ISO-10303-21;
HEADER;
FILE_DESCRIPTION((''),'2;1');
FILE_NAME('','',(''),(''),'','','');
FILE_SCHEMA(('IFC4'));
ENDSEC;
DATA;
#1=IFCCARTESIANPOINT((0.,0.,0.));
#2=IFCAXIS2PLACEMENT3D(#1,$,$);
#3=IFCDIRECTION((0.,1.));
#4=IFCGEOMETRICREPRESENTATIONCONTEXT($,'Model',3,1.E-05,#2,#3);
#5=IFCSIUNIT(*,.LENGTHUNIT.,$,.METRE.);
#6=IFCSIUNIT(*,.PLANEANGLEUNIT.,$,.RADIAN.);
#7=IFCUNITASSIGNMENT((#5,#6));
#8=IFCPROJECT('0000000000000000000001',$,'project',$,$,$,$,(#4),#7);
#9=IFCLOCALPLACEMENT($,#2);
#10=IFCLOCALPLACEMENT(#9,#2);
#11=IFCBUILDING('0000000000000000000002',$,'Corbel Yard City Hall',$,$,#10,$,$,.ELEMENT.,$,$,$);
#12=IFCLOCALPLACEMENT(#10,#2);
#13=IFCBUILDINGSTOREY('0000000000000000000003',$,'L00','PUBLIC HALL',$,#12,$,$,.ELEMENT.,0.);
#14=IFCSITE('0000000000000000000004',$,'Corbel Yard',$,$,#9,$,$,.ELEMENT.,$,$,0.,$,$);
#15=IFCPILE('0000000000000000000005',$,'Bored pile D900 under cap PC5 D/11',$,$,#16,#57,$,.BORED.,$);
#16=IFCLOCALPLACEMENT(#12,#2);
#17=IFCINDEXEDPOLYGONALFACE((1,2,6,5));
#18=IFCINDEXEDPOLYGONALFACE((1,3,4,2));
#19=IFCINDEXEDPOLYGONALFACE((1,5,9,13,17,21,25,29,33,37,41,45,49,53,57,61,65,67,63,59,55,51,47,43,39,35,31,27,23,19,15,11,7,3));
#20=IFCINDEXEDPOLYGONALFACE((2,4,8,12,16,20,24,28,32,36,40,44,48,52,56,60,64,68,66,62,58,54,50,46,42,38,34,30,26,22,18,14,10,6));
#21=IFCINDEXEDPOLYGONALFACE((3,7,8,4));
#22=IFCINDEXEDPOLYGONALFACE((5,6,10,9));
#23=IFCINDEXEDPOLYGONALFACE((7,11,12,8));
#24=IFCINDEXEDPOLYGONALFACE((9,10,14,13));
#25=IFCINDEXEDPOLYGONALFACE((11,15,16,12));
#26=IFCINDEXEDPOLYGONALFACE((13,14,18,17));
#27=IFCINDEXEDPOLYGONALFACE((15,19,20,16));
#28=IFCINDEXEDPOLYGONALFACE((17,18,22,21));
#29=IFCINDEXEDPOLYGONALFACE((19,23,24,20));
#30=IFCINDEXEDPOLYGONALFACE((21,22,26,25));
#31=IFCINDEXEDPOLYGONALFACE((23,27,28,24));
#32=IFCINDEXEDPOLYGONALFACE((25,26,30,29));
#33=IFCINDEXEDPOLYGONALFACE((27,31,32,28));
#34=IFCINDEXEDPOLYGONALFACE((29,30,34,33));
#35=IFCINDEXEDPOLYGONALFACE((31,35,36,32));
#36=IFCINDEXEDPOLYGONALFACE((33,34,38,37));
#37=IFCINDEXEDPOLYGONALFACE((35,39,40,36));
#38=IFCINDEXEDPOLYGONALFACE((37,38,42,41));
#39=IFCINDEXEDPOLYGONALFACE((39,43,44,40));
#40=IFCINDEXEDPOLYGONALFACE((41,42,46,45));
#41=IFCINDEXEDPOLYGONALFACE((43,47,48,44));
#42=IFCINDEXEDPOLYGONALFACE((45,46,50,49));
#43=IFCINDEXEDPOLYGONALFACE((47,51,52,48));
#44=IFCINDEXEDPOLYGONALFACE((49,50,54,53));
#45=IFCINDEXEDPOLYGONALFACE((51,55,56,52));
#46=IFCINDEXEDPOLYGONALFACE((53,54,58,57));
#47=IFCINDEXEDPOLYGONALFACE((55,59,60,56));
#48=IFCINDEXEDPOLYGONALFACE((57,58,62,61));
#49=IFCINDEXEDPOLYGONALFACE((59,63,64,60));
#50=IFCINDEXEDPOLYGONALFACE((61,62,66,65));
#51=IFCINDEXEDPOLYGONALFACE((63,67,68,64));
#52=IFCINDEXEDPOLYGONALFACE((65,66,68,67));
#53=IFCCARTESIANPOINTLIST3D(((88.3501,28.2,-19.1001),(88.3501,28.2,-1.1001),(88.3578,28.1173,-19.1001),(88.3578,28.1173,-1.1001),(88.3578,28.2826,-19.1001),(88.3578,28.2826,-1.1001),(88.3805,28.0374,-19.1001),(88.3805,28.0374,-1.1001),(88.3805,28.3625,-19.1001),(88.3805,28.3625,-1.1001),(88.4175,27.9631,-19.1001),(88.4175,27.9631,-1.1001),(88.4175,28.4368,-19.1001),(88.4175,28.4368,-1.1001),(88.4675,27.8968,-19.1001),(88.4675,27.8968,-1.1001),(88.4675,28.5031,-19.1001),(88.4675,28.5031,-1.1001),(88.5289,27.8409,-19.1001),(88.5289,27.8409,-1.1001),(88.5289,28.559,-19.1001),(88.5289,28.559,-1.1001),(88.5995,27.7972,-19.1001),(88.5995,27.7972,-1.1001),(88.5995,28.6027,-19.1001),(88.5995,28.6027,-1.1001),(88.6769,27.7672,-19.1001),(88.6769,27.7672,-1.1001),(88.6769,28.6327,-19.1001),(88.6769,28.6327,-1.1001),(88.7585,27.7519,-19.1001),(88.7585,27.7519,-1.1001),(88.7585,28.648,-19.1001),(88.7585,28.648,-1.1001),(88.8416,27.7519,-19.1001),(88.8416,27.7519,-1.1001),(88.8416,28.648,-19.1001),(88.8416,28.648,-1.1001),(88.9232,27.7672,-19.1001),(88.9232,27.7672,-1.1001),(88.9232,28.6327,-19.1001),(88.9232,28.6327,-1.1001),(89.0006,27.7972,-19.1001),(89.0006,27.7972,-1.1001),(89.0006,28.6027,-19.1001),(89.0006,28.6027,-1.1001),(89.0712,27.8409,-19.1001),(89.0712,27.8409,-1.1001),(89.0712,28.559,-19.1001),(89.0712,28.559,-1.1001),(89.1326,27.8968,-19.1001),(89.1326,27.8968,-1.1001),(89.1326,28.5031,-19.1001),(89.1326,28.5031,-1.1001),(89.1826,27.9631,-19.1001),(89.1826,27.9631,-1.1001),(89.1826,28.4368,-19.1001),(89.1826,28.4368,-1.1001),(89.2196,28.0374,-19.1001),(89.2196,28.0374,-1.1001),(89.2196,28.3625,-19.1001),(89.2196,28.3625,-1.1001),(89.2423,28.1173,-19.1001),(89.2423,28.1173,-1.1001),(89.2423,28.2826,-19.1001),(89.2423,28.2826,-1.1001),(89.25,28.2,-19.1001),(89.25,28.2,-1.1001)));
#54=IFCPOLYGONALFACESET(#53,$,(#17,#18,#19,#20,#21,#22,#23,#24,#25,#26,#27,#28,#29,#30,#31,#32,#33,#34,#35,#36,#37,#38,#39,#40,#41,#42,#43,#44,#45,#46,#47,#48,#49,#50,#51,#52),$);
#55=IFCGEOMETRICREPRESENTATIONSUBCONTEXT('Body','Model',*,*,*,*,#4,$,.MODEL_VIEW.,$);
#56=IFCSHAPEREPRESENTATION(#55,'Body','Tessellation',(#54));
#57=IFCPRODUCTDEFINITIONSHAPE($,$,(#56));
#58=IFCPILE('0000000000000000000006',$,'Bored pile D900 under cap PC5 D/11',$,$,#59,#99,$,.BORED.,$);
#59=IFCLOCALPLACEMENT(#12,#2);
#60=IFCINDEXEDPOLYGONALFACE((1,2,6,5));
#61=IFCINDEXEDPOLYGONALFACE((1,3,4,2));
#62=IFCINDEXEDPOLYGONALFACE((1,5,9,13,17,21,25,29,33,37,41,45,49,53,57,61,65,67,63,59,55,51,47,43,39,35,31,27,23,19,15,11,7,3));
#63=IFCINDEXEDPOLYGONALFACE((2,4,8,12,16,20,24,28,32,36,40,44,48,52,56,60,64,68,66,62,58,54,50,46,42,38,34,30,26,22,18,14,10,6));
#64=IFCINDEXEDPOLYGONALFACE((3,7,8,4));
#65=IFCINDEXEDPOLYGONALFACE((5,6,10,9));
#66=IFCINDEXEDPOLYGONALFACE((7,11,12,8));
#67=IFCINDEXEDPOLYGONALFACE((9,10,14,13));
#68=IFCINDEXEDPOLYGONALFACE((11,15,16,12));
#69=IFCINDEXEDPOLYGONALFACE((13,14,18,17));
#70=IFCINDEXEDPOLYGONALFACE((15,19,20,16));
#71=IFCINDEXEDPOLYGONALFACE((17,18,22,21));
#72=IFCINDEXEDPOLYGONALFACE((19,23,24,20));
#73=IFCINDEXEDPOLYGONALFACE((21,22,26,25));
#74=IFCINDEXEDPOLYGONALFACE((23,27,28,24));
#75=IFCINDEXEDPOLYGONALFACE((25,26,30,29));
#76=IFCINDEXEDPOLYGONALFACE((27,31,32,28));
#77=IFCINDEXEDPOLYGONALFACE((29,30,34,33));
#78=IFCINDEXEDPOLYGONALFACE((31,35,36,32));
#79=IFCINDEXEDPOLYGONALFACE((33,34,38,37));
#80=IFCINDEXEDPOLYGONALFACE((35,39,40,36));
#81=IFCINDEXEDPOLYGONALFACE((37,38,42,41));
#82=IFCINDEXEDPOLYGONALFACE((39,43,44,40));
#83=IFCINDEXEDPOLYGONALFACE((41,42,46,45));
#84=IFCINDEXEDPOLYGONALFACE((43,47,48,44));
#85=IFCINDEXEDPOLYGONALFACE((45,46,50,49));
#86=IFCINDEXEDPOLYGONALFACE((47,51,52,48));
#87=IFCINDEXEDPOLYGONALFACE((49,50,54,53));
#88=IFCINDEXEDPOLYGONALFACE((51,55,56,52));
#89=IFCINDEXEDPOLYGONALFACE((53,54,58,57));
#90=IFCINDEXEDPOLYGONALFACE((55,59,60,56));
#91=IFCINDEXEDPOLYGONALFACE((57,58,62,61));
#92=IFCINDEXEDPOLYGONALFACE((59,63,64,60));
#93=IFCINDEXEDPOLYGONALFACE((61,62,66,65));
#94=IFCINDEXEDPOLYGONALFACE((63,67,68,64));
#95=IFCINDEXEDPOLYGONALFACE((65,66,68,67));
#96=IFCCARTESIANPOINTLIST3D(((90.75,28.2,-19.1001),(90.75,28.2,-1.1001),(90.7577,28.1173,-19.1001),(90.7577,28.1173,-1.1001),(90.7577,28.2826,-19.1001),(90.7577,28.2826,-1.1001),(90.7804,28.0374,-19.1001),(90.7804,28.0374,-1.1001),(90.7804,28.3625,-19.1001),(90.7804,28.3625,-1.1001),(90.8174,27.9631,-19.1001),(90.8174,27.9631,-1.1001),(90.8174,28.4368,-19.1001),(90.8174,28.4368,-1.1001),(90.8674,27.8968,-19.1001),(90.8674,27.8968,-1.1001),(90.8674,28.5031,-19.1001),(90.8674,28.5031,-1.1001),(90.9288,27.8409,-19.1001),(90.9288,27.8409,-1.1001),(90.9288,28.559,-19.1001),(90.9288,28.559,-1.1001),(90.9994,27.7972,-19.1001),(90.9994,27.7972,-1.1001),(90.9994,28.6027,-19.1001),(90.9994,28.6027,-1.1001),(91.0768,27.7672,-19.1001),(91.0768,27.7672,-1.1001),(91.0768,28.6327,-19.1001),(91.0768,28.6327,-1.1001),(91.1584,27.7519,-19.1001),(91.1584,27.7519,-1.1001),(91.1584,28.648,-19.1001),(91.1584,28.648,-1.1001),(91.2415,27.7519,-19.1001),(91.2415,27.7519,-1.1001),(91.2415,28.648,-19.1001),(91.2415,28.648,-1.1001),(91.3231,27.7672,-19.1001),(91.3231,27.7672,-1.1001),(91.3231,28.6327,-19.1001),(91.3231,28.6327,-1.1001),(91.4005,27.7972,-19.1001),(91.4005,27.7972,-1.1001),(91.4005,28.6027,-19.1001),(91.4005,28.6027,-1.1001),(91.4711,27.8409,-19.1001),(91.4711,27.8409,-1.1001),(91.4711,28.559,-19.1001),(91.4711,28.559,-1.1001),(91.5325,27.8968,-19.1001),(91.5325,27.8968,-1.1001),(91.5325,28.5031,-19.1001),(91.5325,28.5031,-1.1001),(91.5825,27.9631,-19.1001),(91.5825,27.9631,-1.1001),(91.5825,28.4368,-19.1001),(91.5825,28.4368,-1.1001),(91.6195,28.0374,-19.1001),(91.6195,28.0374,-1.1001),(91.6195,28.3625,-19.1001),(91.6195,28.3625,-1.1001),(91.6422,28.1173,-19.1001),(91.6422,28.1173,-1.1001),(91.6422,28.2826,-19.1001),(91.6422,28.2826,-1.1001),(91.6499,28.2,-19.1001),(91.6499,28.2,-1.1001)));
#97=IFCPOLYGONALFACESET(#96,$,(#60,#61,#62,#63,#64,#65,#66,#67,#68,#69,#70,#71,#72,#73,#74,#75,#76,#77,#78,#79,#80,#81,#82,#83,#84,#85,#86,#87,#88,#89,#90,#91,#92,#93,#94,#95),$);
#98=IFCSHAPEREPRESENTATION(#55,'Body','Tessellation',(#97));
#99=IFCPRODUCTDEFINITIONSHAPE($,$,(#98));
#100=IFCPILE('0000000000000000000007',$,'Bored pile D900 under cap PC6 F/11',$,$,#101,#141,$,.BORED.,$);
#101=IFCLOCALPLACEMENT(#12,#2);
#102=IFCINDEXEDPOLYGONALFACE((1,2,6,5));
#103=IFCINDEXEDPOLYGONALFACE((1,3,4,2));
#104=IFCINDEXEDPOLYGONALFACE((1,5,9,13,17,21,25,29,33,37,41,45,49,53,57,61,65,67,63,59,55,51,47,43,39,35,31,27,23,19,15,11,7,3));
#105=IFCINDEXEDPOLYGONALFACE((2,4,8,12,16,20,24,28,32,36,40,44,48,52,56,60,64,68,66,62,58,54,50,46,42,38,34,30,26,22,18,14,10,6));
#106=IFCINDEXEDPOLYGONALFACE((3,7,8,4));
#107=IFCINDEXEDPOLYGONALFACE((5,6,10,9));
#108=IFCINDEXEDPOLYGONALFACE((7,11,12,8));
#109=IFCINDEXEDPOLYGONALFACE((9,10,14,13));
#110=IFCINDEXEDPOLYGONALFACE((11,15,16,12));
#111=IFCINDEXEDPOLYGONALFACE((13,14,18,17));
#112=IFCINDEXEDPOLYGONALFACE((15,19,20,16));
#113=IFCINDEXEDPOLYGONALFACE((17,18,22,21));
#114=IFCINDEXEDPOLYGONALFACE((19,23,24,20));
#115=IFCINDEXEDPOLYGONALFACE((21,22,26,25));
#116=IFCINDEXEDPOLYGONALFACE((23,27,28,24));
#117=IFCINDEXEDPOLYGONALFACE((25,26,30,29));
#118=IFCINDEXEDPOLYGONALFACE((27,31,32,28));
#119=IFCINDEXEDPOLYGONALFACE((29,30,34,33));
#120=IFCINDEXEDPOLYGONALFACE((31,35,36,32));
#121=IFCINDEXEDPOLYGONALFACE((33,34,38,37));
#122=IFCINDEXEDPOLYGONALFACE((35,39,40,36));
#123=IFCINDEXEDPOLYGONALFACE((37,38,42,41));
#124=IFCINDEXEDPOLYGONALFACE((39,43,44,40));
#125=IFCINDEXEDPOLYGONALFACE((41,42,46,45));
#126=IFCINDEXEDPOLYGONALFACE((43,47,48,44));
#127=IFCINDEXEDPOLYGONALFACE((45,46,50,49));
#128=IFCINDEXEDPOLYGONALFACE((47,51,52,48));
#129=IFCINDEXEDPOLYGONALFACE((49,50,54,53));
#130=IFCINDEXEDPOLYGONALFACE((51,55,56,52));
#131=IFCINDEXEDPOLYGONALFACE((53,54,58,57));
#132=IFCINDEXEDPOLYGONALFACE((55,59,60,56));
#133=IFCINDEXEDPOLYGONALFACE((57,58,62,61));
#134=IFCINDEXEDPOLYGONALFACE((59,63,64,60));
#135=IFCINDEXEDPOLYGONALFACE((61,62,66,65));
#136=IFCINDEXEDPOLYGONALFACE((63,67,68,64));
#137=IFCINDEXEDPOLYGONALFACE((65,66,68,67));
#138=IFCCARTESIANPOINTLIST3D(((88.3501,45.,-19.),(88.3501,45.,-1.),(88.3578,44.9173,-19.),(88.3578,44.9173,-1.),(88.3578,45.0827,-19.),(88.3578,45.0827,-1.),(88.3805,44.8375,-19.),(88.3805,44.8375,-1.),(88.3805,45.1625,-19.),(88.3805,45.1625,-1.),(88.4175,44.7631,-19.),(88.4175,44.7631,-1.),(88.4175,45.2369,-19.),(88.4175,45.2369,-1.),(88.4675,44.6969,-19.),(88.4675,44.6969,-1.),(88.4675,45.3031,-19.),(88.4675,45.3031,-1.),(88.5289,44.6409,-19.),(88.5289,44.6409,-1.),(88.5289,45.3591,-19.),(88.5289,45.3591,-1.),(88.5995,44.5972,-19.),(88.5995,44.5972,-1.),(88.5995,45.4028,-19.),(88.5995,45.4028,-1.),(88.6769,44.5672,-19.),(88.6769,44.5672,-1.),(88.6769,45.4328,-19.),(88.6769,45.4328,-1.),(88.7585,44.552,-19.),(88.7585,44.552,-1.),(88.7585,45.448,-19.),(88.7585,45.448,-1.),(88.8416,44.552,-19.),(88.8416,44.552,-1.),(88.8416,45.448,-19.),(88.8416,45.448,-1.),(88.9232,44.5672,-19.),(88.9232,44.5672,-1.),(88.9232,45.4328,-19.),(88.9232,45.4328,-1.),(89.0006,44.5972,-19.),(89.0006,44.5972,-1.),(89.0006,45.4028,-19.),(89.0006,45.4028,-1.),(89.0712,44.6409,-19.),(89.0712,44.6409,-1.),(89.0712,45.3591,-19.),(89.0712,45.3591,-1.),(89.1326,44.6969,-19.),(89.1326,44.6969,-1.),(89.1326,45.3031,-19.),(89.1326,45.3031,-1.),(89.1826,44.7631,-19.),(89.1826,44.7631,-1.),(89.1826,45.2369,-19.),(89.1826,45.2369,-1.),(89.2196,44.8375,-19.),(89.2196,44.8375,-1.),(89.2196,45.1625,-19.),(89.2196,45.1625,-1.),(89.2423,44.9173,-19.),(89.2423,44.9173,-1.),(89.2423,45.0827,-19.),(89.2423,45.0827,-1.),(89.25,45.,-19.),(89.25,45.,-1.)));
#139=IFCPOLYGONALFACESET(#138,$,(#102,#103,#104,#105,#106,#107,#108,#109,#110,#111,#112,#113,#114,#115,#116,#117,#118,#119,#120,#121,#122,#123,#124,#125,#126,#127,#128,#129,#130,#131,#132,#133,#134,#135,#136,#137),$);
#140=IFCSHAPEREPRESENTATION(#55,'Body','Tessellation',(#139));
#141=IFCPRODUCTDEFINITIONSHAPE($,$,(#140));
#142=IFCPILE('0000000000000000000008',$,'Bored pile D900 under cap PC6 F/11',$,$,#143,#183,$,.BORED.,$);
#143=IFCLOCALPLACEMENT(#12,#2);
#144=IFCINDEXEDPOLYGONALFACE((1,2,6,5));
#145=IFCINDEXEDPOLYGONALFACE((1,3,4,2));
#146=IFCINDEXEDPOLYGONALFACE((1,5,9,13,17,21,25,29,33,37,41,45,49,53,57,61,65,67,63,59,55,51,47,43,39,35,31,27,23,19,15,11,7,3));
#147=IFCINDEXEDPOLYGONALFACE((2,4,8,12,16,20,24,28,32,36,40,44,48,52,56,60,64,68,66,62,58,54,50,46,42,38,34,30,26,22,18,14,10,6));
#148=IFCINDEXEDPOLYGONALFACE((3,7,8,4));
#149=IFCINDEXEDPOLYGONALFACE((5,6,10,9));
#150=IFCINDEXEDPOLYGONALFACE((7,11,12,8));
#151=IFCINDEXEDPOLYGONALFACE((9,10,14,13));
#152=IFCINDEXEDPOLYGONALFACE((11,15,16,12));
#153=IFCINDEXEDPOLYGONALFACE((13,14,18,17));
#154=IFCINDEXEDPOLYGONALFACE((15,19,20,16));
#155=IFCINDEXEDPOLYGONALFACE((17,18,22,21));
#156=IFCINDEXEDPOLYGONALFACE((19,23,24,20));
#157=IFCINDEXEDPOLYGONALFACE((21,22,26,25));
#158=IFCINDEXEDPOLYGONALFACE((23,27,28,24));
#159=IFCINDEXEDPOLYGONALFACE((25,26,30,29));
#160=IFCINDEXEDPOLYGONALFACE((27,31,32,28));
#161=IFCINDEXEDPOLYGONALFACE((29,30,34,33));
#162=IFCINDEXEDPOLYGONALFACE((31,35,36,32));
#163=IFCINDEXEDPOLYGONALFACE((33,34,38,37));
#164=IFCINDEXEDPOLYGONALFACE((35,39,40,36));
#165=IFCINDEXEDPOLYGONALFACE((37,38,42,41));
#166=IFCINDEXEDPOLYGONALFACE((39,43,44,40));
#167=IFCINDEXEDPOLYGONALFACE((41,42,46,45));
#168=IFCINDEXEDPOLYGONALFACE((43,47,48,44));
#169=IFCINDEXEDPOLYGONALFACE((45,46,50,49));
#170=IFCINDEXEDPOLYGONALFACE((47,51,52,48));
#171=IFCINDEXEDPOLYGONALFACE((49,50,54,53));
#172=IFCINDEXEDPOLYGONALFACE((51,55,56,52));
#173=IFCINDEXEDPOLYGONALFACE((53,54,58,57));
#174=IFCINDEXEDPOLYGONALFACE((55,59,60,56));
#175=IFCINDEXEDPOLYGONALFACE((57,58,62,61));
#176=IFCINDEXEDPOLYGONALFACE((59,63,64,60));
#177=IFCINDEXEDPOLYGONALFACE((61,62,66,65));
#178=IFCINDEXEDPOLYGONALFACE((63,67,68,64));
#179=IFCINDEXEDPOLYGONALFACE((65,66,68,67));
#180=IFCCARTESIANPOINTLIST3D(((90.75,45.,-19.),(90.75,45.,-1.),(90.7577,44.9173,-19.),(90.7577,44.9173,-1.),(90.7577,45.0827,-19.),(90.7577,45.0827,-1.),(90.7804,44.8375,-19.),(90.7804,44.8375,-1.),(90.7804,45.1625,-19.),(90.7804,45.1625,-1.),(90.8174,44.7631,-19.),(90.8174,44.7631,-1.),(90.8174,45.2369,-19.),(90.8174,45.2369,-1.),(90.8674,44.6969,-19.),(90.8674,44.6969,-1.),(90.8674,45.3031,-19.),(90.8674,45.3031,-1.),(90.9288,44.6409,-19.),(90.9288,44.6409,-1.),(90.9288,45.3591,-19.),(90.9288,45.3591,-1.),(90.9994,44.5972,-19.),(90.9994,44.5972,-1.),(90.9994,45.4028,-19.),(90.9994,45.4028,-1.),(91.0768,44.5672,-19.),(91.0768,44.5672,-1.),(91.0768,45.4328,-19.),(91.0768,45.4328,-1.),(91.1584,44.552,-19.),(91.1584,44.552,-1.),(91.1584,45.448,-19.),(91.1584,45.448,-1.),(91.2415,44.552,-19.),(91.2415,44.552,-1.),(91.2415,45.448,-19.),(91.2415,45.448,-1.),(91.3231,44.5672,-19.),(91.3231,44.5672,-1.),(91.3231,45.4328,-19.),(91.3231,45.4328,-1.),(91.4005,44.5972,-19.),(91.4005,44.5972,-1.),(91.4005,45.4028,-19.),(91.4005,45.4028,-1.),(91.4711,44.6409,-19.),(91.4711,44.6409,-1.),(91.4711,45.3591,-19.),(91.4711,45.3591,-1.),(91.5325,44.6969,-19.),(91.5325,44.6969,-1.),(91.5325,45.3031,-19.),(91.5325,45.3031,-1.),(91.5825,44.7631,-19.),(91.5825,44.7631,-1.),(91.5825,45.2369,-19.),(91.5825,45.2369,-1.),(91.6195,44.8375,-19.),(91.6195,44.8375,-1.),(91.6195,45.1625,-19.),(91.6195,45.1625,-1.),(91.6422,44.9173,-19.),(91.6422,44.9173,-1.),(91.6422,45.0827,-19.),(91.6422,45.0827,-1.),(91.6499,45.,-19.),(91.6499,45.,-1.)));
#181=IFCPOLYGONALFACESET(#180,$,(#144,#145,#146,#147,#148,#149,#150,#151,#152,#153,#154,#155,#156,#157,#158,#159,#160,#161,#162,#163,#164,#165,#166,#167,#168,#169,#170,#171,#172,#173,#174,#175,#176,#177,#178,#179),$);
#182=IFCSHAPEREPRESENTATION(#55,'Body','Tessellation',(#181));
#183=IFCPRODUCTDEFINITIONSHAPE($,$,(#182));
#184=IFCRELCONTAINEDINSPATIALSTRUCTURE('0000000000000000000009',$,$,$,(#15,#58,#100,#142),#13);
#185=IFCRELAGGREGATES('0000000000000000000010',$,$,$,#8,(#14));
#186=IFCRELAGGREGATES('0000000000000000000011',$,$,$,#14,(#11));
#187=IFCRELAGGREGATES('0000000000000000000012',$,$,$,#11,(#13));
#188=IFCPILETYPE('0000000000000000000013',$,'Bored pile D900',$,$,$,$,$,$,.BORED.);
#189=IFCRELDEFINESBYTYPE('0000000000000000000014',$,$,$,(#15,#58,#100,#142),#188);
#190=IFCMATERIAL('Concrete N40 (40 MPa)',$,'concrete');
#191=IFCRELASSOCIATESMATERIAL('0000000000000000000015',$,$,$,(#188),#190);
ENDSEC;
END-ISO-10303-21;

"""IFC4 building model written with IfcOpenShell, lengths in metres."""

from ifc_helpers import new_model, si_unit, direction, frame, origin, origin_2d, place, context, subcontext, project, spatial, circle, extrude, material, material_profile, profile_set, type_object, element, save


model = new_model("IFC4")

# Units and contexts
model_context = context("Model", 3, precision=1e-05, world=origin(), true_north=direction((0.0, 1.0)))
body_context = subcontext(model_context, "Body", "Model", "MODEL_VIEW")
ifc_project = project(units=[si_unit("LENGTHUNIT", "METRE"), si_unit("PLANEANGLEUNIT", "RADIAN")], contexts=[model_context])

# Site, building, storey
site_placement = place(None, origin())
site = spatial("IfcSite", under=ifc_project, at=site_placement, Name="Corbel Yard", CompositionType="ELEMENT", RefElevation=0.0)
building_placement = place(site_placement, origin())
building = spatial("IfcBuilding", under=site, at=building_placement, Name="Corbel Yard City Hall", CompositionType="ELEMENT")
storey_placement = place(building_placement, origin())
storey = spatial("IfcBuildingStorey", under=building, at=storey_placement, Name="L00", Description="PUBLIC HALL", CompositionType="ELEMENT", Elevation=0.0)

# Piles
ifc_material_1 = material(Name="Concrete N40 (40 MPa)", Category="concrete")
ifc_material_profile_1 = material_profile(ifc_material_1, circle(Radius=0.45, at=origin_2d()), Name="D900")
ifc_profile_set_1 = profile_set([ifc_material_profile_1], Name="Concrete N40 (40 MPa)")
pile_type = type_object("IfcPileType", Name="Bored pile D900", PredefinedType="BORED", material=ifc_profile_set_1)
for number, where, z_axis, x_axis, name in (
    (1, (88.8, 28.2, -1.1001), (0.0, 0.0, -1.0), (1.0, 0.0, 0.0), "Bored pile D900 under cap PC5 D/11"),
    (2, (91.2, 28.2, -1.1001), (0.0, 0.0, -1.0), (1.0, 0.0, 0.0), "Bored pile D900 under cap PC5 D/11"),
    (3, (88.8, 45.0, -1.0), (0.0, 0.0, -1.0), (1.0, 0.0, 0.0), "Bored pile D900 under cap PC6 F/11"),
    (4, (91.2, 45.0, -1.0), (0.0, 0.0, -1.0), (1.0, 0.0, 0.0), "Bored pile D900 under cap PC6 F/11"),
):
    element("IfcPile", number, at=place(storey_placement, frame(where, z_axis=z_axis, x_axis=x_axis)), inside=storey, type_object=pile_type, Name=name, PredefinedType="BORED", context=body_context, shape_type="SweptSolid", body=[
        extrude(circle(Radius=0.45, at=origin_2d()), origin(), (0.0, 0.0, 1.0), 18.0),
    ])

save(model, "model.ifc")
